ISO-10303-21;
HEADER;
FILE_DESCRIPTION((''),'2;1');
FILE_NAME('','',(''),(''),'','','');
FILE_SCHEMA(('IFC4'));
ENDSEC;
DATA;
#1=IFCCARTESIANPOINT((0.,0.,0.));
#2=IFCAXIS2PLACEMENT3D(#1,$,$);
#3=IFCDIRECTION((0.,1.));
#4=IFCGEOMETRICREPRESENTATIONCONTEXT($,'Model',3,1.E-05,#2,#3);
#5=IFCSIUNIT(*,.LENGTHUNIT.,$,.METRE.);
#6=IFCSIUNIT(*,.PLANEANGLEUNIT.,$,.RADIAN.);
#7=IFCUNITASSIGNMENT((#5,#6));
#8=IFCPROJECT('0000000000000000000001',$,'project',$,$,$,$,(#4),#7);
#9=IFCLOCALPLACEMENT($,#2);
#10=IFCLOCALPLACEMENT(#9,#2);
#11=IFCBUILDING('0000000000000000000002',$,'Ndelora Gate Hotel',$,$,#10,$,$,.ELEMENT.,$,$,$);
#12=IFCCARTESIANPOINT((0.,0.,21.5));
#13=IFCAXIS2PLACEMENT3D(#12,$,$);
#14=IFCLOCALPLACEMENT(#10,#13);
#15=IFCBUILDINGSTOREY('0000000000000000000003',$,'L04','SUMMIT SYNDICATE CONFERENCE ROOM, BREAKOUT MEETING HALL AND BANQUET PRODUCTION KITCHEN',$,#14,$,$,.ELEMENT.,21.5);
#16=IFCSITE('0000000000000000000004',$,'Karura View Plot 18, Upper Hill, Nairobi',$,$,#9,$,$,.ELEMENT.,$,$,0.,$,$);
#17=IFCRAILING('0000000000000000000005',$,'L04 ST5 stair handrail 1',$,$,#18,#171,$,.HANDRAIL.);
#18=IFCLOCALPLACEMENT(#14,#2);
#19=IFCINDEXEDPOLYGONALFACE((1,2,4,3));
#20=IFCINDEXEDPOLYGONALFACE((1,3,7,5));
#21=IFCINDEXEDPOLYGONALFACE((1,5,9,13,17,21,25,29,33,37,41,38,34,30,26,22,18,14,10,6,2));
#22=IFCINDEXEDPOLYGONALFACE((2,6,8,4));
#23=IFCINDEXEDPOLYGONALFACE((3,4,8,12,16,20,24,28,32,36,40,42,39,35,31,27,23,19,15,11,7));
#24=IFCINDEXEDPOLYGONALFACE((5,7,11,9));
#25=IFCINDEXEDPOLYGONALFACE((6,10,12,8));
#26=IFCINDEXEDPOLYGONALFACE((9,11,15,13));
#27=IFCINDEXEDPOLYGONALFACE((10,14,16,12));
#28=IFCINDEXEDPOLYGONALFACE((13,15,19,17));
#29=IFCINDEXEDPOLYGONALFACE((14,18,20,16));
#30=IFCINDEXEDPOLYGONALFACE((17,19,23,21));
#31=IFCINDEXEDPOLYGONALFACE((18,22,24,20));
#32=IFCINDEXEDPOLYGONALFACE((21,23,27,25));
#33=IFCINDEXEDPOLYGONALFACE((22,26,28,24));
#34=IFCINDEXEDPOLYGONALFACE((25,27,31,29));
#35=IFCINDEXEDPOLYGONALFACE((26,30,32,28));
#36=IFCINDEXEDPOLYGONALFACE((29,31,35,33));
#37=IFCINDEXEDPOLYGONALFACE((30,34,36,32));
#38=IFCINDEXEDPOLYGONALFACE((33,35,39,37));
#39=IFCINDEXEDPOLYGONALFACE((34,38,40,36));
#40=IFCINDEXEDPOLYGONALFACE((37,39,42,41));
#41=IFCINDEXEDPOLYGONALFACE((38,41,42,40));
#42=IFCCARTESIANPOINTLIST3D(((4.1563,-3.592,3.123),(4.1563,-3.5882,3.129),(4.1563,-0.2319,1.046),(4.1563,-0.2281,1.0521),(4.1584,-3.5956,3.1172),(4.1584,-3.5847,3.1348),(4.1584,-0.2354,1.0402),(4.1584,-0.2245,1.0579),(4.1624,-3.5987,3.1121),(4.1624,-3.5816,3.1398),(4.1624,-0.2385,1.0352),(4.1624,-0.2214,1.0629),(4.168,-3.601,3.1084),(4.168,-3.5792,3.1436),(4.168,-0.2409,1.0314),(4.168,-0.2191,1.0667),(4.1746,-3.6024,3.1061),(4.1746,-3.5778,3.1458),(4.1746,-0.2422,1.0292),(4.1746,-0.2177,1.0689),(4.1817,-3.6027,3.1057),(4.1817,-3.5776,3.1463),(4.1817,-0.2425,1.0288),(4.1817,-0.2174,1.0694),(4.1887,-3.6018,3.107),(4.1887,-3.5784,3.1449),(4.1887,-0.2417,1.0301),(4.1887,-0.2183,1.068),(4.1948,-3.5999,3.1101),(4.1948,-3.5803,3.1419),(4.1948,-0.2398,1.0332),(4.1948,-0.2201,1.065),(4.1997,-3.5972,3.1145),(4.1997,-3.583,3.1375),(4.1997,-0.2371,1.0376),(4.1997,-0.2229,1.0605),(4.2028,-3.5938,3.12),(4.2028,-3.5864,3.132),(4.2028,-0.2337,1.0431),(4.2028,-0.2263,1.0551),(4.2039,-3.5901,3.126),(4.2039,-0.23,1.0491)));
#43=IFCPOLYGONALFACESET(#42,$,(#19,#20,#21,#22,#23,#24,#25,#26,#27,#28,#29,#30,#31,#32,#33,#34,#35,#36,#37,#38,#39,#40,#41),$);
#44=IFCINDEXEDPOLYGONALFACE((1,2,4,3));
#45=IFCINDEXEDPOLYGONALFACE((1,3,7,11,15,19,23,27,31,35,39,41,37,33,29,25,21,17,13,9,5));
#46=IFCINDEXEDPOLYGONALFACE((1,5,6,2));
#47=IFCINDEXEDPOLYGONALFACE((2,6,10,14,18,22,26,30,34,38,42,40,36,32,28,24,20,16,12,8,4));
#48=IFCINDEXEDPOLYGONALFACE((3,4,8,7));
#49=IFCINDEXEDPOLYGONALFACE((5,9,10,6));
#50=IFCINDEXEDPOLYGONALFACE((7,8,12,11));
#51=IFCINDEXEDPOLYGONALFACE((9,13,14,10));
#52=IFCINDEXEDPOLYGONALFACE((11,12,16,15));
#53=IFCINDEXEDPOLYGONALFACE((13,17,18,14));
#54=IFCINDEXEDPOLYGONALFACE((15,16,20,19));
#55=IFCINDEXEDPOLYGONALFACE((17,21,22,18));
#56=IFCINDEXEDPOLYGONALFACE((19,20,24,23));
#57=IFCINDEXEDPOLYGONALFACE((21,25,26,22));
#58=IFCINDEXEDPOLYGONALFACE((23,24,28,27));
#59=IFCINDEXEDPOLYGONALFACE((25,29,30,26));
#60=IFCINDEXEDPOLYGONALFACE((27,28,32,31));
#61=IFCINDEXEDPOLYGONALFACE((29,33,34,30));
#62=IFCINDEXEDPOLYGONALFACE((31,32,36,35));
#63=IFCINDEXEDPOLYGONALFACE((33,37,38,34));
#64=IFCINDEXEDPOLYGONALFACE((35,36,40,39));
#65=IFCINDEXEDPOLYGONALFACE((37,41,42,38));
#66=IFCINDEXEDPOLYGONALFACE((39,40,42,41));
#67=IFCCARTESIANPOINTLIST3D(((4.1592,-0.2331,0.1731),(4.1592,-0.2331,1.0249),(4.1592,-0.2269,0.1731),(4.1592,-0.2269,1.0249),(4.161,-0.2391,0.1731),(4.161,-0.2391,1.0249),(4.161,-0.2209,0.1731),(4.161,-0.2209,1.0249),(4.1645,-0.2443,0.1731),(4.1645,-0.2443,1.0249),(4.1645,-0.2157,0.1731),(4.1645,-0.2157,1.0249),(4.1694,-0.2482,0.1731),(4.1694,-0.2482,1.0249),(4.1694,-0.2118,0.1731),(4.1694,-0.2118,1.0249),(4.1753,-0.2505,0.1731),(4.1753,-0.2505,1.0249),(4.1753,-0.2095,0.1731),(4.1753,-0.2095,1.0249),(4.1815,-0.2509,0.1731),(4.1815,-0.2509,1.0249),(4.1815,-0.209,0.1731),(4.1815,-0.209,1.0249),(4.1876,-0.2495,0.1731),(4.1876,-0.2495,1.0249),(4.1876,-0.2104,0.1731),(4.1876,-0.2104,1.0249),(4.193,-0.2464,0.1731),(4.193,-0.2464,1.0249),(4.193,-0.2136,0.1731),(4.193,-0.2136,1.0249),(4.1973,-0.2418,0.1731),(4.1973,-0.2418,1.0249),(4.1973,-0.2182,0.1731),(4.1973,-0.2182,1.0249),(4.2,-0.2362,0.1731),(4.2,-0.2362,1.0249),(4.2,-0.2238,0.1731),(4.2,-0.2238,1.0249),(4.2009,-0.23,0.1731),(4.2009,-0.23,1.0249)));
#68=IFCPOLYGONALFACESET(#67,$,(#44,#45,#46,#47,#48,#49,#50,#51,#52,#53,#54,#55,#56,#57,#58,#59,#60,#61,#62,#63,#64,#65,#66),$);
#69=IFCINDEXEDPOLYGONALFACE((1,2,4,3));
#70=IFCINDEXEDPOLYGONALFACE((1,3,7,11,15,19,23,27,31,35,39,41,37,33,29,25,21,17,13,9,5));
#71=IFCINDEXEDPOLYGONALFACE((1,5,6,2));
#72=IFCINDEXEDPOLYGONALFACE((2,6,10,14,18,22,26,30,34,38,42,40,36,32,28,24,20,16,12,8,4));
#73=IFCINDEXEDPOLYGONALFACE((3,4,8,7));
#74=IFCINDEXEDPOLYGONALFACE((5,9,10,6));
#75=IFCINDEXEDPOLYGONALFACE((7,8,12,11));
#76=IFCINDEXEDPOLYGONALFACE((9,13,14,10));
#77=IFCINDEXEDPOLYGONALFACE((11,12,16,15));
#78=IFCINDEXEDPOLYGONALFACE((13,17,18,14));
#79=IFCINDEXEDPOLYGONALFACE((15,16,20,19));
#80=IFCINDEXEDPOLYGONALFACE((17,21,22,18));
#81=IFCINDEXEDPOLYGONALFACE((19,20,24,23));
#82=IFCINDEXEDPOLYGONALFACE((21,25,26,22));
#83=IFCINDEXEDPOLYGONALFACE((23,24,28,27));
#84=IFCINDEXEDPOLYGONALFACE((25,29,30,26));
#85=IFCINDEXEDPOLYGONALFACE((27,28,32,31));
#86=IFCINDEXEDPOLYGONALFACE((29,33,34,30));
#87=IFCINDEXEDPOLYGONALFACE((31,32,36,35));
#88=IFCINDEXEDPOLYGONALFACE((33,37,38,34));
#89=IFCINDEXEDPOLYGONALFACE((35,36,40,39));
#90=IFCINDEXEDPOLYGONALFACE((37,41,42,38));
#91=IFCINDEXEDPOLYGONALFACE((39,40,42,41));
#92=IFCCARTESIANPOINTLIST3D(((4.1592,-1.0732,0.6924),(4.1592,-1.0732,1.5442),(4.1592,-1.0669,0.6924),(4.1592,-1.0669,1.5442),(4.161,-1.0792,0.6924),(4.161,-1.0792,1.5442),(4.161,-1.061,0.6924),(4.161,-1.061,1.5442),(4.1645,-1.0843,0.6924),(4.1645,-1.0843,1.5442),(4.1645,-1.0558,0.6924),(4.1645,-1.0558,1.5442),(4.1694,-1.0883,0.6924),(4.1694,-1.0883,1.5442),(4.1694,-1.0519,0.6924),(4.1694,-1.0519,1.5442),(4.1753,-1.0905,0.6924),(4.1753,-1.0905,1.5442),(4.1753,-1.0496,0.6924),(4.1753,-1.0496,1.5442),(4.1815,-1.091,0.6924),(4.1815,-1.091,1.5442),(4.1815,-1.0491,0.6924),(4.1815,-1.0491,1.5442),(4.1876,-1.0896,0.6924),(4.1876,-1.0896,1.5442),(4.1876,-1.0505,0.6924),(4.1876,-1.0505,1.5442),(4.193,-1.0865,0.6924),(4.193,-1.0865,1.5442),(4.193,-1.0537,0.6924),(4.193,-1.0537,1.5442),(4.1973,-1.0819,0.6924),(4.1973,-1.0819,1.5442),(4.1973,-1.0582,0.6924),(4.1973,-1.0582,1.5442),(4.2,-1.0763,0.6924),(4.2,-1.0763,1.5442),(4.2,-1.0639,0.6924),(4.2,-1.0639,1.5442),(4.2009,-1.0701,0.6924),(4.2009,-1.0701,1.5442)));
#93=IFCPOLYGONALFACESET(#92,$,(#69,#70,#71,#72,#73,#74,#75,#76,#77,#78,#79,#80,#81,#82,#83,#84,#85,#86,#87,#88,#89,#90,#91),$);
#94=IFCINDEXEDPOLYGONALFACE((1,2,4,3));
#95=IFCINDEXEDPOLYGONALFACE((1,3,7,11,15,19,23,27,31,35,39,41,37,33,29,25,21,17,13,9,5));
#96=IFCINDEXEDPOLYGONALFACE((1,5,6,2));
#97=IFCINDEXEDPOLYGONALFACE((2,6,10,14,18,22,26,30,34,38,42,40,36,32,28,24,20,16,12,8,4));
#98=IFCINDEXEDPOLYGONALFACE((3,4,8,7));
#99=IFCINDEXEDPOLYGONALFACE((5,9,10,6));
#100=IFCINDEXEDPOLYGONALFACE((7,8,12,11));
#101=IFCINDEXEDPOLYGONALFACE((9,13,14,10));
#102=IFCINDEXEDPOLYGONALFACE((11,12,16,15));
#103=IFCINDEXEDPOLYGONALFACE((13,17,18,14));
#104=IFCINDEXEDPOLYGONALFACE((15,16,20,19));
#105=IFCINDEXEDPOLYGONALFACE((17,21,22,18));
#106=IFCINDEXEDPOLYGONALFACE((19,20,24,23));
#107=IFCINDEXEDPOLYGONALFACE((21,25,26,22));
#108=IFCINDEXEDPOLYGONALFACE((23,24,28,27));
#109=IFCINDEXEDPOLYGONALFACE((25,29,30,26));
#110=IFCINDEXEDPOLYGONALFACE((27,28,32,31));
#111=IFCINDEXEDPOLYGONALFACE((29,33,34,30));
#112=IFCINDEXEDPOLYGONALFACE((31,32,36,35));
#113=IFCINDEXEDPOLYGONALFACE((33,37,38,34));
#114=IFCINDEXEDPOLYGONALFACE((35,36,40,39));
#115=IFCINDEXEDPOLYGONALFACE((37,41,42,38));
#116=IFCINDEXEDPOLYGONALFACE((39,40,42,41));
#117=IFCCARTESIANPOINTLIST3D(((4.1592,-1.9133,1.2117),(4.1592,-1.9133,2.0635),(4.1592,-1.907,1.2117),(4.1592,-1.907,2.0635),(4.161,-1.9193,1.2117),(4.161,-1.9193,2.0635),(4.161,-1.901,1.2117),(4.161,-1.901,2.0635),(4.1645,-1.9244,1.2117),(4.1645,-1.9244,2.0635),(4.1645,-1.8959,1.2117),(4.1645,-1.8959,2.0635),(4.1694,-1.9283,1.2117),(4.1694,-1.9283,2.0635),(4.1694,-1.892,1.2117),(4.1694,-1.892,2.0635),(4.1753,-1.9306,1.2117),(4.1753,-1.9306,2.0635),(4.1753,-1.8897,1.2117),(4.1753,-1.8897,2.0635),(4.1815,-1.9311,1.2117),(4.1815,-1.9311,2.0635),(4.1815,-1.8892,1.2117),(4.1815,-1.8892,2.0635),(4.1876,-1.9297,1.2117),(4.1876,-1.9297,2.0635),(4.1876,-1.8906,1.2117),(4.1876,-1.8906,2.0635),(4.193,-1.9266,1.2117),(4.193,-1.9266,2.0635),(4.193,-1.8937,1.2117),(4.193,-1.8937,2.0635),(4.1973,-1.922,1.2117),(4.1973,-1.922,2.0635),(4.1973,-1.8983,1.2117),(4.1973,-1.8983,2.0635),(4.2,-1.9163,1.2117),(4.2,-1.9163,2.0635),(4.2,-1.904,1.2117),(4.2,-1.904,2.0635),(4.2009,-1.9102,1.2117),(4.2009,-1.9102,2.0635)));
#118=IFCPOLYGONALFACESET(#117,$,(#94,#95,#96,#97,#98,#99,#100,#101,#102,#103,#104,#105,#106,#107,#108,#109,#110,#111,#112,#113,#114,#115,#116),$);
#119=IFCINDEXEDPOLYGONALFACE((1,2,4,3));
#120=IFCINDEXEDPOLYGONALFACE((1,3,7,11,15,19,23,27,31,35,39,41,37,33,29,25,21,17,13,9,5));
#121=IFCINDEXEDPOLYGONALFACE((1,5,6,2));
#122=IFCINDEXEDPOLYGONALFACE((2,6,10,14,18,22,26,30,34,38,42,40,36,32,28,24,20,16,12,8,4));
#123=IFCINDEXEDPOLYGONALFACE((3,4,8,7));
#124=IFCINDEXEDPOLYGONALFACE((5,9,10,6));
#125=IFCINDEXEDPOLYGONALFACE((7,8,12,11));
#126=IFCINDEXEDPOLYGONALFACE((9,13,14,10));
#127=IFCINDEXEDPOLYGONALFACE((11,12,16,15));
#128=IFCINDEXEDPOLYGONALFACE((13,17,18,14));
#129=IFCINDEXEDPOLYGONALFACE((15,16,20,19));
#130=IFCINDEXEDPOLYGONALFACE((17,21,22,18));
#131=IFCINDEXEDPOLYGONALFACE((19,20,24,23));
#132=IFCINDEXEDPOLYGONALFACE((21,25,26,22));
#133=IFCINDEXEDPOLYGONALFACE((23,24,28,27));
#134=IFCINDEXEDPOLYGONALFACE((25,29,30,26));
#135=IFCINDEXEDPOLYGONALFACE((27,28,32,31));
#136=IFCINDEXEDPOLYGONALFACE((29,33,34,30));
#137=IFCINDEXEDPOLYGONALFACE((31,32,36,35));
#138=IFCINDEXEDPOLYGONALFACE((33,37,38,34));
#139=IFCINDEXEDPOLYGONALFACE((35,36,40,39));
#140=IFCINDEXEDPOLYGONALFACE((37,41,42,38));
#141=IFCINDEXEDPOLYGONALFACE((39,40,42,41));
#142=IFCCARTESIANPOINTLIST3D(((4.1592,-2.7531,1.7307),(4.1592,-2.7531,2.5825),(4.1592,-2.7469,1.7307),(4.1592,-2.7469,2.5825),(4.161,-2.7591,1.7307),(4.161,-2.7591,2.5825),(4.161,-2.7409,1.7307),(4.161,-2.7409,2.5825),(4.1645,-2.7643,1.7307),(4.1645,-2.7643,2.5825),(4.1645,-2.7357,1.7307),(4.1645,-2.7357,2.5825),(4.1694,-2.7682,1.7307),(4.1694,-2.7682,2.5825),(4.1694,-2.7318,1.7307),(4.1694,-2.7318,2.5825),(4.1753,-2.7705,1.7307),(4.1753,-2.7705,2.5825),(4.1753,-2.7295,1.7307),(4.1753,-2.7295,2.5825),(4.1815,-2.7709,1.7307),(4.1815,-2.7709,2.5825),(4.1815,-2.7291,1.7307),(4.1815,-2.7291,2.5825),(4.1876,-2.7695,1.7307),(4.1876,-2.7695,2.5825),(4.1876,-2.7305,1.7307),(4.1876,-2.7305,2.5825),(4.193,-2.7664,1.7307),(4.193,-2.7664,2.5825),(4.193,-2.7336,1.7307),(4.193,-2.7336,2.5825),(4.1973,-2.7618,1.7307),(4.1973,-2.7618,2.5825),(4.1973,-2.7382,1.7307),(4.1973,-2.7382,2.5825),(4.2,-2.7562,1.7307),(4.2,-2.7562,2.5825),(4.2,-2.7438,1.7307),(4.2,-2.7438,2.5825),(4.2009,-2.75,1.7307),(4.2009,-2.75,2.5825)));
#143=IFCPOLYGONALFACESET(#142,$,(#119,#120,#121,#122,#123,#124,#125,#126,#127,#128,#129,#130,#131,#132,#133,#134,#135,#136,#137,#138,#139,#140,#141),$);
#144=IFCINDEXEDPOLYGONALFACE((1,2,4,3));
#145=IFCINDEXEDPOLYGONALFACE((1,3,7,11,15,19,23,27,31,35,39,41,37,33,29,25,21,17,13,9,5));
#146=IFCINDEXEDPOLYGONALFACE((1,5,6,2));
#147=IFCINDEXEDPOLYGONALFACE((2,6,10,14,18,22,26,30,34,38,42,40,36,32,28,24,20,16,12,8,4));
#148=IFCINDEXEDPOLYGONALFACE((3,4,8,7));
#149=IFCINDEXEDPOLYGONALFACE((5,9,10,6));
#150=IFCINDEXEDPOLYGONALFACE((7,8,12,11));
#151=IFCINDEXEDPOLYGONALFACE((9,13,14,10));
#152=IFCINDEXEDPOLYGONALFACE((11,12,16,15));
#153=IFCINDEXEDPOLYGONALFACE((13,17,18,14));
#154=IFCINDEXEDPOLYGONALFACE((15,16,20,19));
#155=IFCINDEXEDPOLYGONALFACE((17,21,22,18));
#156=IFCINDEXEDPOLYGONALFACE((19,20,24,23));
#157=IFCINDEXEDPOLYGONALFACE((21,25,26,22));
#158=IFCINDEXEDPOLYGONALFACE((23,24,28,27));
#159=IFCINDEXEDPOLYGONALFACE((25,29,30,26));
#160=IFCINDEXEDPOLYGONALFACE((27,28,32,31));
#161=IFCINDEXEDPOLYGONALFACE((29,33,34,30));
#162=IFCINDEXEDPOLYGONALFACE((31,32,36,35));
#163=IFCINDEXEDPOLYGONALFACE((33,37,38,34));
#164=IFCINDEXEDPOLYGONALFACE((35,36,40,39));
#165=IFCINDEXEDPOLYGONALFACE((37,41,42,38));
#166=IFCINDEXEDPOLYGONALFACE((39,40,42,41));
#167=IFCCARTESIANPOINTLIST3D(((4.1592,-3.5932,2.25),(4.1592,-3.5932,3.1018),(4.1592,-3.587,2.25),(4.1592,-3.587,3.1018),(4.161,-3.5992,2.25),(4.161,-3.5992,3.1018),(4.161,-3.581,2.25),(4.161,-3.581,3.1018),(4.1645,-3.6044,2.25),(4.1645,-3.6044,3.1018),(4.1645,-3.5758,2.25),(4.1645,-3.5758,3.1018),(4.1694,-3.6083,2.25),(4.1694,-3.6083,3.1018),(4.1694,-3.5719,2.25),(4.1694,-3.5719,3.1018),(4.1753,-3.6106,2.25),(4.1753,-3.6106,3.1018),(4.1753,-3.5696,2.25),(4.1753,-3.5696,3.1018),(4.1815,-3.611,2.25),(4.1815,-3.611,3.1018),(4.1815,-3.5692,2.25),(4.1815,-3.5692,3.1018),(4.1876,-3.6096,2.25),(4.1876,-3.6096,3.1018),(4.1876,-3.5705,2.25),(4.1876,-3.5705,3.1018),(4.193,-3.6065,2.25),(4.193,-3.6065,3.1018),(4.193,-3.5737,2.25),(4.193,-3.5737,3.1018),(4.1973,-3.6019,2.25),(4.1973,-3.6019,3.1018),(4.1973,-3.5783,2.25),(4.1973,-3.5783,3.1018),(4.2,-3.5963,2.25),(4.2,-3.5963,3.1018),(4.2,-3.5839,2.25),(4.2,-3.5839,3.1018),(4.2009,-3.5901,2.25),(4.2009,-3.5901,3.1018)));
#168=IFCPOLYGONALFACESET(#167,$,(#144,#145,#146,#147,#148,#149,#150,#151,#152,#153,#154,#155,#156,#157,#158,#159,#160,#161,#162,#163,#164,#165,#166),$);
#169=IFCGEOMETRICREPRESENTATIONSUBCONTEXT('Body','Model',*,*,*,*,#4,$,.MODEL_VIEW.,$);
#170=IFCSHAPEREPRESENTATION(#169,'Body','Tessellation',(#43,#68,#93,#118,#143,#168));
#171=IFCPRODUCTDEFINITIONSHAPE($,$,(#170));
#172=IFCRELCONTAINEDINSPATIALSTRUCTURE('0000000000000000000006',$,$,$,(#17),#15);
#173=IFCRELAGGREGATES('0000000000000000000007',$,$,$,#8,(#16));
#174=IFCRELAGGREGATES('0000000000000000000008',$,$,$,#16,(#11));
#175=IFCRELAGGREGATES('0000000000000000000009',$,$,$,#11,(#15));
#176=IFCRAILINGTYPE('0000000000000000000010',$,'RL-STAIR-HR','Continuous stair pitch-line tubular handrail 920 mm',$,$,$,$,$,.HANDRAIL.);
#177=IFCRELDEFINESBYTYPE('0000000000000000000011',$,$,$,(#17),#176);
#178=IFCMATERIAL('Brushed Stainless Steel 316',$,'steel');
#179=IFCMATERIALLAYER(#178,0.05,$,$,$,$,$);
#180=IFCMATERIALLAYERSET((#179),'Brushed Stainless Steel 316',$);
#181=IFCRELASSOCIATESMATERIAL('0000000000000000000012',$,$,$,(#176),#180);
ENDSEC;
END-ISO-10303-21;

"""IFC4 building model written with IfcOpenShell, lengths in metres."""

from ifc_helpers import new_model, si_unit, direction, frame, origin, origin_2d, place, context, subcontext, project, spatial, circle, extrude, material, layer, layer_set, type_object, element, save


model = new_model("IFC4")

# Units and contexts
model_context = context("Model", 3, precision=1e-05, world=origin(), true_north=direction((0.0, 1.0)))
body_context = subcontext(model_context, "Body", "Model", "MODEL_VIEW")
ifc_project = project(units=[si_unit("LENGTHUNIT", "METRE"), si_unit("PLANEANGLEUNIT", "RADIAN")], contexts=[model_context])

# Site, building, storey
site_placement = place(None, origin())
site = spatial("IfcSite", under=ifc_project, at=site_placement, Name="Karura View Plot 18, Upper Hill, Nairobi", CompositionType="ELEMENT", RefElevation=0.0)
building_placement = place(site_placement, origin())
building = spatial("IfcBuilding", under=site, at=building_placement, Name="Ndelora Gate Hotel", CompositionType="ELEMENT")
storey_placement = place(building_placement, frame((0.0, 0.0, 21.5)))
storey = spatial("IfcBuildingStorey", under=building, at=storey_placement, Name="L04", Description="SUMMIT SYNDICATE CONFERENCE ROOM, BREAKOUT MEETING HALL AND BANQUET PRODUCTION KITCHEN", CompositionType="ELEMENT", Elevation=21.5)

# Railing
ifc_material_1 = material(Name="Brushed Stainless Steel 316", Category="steel")
ifc_layer_1 = layer(ifc_material_1, 0.05)
ifc_layer_set_1 = layer_set([ifc_layer_1], Name="Brushed Stainless Steel 316")
railing_type_1 = type_object("IfcRailingType", Name="RL-STAIR-HR", Description="Continuous stair pitch-line tubular handrail 920 mm", PredefinedType="HANDRAIL", material=ifc_layer_set_1)
railing_1_placement = place(storey_placement, frame((4.1799, -0.23, 0.1731)))
element("IfcRailing", 1, at=railing_1_placement, inside=storey, type_object=railing_type_1, Name="L04 ST5 stair handrail 1", PredefinedType="HANDRAIL", context=body_context, shape_type="SweptSolid", body=[
    extrude(circle(Radius=0.0239, at=origin_2d()), frame((0.0, 0.0, 0.876), z_axis=(0.0, -0.850623, 0.525776), x_axis=(1.0, 0.0, 0.0)), (0.0, 0.0, 1.0), 3.9502),
    extrude(circle(Radius=0.021, at=origin_2d()), origin(), (0.0, 0.0, 1.0), 0.8518),
    extrude(circle(Radius=0.021, at=origin_2d()), frame((0.0, -0.8401, 0.5193)), (0.0, 0.0, 1.0), 0.8518),
    extrude(circle(Radius=0.021, at=origin_2d()), frame((0.0, -1.6802, 1.0386)), (0.0, 0.0, 1.0), 0.8518),
    extrude(circle(Radius=0.021, at=origin_2d()), frame((0.0, -2.52, 1.5576)), (0.0, 0.0, 1.0), 0.8518),
    extrude(circle(Radius=0.021, at=origin_2d()), frame((0.0, -3.3601, 2.0769)), (0.0, 0.0, 1.0), 0.8518),
])

save(model, "model.ifc")
